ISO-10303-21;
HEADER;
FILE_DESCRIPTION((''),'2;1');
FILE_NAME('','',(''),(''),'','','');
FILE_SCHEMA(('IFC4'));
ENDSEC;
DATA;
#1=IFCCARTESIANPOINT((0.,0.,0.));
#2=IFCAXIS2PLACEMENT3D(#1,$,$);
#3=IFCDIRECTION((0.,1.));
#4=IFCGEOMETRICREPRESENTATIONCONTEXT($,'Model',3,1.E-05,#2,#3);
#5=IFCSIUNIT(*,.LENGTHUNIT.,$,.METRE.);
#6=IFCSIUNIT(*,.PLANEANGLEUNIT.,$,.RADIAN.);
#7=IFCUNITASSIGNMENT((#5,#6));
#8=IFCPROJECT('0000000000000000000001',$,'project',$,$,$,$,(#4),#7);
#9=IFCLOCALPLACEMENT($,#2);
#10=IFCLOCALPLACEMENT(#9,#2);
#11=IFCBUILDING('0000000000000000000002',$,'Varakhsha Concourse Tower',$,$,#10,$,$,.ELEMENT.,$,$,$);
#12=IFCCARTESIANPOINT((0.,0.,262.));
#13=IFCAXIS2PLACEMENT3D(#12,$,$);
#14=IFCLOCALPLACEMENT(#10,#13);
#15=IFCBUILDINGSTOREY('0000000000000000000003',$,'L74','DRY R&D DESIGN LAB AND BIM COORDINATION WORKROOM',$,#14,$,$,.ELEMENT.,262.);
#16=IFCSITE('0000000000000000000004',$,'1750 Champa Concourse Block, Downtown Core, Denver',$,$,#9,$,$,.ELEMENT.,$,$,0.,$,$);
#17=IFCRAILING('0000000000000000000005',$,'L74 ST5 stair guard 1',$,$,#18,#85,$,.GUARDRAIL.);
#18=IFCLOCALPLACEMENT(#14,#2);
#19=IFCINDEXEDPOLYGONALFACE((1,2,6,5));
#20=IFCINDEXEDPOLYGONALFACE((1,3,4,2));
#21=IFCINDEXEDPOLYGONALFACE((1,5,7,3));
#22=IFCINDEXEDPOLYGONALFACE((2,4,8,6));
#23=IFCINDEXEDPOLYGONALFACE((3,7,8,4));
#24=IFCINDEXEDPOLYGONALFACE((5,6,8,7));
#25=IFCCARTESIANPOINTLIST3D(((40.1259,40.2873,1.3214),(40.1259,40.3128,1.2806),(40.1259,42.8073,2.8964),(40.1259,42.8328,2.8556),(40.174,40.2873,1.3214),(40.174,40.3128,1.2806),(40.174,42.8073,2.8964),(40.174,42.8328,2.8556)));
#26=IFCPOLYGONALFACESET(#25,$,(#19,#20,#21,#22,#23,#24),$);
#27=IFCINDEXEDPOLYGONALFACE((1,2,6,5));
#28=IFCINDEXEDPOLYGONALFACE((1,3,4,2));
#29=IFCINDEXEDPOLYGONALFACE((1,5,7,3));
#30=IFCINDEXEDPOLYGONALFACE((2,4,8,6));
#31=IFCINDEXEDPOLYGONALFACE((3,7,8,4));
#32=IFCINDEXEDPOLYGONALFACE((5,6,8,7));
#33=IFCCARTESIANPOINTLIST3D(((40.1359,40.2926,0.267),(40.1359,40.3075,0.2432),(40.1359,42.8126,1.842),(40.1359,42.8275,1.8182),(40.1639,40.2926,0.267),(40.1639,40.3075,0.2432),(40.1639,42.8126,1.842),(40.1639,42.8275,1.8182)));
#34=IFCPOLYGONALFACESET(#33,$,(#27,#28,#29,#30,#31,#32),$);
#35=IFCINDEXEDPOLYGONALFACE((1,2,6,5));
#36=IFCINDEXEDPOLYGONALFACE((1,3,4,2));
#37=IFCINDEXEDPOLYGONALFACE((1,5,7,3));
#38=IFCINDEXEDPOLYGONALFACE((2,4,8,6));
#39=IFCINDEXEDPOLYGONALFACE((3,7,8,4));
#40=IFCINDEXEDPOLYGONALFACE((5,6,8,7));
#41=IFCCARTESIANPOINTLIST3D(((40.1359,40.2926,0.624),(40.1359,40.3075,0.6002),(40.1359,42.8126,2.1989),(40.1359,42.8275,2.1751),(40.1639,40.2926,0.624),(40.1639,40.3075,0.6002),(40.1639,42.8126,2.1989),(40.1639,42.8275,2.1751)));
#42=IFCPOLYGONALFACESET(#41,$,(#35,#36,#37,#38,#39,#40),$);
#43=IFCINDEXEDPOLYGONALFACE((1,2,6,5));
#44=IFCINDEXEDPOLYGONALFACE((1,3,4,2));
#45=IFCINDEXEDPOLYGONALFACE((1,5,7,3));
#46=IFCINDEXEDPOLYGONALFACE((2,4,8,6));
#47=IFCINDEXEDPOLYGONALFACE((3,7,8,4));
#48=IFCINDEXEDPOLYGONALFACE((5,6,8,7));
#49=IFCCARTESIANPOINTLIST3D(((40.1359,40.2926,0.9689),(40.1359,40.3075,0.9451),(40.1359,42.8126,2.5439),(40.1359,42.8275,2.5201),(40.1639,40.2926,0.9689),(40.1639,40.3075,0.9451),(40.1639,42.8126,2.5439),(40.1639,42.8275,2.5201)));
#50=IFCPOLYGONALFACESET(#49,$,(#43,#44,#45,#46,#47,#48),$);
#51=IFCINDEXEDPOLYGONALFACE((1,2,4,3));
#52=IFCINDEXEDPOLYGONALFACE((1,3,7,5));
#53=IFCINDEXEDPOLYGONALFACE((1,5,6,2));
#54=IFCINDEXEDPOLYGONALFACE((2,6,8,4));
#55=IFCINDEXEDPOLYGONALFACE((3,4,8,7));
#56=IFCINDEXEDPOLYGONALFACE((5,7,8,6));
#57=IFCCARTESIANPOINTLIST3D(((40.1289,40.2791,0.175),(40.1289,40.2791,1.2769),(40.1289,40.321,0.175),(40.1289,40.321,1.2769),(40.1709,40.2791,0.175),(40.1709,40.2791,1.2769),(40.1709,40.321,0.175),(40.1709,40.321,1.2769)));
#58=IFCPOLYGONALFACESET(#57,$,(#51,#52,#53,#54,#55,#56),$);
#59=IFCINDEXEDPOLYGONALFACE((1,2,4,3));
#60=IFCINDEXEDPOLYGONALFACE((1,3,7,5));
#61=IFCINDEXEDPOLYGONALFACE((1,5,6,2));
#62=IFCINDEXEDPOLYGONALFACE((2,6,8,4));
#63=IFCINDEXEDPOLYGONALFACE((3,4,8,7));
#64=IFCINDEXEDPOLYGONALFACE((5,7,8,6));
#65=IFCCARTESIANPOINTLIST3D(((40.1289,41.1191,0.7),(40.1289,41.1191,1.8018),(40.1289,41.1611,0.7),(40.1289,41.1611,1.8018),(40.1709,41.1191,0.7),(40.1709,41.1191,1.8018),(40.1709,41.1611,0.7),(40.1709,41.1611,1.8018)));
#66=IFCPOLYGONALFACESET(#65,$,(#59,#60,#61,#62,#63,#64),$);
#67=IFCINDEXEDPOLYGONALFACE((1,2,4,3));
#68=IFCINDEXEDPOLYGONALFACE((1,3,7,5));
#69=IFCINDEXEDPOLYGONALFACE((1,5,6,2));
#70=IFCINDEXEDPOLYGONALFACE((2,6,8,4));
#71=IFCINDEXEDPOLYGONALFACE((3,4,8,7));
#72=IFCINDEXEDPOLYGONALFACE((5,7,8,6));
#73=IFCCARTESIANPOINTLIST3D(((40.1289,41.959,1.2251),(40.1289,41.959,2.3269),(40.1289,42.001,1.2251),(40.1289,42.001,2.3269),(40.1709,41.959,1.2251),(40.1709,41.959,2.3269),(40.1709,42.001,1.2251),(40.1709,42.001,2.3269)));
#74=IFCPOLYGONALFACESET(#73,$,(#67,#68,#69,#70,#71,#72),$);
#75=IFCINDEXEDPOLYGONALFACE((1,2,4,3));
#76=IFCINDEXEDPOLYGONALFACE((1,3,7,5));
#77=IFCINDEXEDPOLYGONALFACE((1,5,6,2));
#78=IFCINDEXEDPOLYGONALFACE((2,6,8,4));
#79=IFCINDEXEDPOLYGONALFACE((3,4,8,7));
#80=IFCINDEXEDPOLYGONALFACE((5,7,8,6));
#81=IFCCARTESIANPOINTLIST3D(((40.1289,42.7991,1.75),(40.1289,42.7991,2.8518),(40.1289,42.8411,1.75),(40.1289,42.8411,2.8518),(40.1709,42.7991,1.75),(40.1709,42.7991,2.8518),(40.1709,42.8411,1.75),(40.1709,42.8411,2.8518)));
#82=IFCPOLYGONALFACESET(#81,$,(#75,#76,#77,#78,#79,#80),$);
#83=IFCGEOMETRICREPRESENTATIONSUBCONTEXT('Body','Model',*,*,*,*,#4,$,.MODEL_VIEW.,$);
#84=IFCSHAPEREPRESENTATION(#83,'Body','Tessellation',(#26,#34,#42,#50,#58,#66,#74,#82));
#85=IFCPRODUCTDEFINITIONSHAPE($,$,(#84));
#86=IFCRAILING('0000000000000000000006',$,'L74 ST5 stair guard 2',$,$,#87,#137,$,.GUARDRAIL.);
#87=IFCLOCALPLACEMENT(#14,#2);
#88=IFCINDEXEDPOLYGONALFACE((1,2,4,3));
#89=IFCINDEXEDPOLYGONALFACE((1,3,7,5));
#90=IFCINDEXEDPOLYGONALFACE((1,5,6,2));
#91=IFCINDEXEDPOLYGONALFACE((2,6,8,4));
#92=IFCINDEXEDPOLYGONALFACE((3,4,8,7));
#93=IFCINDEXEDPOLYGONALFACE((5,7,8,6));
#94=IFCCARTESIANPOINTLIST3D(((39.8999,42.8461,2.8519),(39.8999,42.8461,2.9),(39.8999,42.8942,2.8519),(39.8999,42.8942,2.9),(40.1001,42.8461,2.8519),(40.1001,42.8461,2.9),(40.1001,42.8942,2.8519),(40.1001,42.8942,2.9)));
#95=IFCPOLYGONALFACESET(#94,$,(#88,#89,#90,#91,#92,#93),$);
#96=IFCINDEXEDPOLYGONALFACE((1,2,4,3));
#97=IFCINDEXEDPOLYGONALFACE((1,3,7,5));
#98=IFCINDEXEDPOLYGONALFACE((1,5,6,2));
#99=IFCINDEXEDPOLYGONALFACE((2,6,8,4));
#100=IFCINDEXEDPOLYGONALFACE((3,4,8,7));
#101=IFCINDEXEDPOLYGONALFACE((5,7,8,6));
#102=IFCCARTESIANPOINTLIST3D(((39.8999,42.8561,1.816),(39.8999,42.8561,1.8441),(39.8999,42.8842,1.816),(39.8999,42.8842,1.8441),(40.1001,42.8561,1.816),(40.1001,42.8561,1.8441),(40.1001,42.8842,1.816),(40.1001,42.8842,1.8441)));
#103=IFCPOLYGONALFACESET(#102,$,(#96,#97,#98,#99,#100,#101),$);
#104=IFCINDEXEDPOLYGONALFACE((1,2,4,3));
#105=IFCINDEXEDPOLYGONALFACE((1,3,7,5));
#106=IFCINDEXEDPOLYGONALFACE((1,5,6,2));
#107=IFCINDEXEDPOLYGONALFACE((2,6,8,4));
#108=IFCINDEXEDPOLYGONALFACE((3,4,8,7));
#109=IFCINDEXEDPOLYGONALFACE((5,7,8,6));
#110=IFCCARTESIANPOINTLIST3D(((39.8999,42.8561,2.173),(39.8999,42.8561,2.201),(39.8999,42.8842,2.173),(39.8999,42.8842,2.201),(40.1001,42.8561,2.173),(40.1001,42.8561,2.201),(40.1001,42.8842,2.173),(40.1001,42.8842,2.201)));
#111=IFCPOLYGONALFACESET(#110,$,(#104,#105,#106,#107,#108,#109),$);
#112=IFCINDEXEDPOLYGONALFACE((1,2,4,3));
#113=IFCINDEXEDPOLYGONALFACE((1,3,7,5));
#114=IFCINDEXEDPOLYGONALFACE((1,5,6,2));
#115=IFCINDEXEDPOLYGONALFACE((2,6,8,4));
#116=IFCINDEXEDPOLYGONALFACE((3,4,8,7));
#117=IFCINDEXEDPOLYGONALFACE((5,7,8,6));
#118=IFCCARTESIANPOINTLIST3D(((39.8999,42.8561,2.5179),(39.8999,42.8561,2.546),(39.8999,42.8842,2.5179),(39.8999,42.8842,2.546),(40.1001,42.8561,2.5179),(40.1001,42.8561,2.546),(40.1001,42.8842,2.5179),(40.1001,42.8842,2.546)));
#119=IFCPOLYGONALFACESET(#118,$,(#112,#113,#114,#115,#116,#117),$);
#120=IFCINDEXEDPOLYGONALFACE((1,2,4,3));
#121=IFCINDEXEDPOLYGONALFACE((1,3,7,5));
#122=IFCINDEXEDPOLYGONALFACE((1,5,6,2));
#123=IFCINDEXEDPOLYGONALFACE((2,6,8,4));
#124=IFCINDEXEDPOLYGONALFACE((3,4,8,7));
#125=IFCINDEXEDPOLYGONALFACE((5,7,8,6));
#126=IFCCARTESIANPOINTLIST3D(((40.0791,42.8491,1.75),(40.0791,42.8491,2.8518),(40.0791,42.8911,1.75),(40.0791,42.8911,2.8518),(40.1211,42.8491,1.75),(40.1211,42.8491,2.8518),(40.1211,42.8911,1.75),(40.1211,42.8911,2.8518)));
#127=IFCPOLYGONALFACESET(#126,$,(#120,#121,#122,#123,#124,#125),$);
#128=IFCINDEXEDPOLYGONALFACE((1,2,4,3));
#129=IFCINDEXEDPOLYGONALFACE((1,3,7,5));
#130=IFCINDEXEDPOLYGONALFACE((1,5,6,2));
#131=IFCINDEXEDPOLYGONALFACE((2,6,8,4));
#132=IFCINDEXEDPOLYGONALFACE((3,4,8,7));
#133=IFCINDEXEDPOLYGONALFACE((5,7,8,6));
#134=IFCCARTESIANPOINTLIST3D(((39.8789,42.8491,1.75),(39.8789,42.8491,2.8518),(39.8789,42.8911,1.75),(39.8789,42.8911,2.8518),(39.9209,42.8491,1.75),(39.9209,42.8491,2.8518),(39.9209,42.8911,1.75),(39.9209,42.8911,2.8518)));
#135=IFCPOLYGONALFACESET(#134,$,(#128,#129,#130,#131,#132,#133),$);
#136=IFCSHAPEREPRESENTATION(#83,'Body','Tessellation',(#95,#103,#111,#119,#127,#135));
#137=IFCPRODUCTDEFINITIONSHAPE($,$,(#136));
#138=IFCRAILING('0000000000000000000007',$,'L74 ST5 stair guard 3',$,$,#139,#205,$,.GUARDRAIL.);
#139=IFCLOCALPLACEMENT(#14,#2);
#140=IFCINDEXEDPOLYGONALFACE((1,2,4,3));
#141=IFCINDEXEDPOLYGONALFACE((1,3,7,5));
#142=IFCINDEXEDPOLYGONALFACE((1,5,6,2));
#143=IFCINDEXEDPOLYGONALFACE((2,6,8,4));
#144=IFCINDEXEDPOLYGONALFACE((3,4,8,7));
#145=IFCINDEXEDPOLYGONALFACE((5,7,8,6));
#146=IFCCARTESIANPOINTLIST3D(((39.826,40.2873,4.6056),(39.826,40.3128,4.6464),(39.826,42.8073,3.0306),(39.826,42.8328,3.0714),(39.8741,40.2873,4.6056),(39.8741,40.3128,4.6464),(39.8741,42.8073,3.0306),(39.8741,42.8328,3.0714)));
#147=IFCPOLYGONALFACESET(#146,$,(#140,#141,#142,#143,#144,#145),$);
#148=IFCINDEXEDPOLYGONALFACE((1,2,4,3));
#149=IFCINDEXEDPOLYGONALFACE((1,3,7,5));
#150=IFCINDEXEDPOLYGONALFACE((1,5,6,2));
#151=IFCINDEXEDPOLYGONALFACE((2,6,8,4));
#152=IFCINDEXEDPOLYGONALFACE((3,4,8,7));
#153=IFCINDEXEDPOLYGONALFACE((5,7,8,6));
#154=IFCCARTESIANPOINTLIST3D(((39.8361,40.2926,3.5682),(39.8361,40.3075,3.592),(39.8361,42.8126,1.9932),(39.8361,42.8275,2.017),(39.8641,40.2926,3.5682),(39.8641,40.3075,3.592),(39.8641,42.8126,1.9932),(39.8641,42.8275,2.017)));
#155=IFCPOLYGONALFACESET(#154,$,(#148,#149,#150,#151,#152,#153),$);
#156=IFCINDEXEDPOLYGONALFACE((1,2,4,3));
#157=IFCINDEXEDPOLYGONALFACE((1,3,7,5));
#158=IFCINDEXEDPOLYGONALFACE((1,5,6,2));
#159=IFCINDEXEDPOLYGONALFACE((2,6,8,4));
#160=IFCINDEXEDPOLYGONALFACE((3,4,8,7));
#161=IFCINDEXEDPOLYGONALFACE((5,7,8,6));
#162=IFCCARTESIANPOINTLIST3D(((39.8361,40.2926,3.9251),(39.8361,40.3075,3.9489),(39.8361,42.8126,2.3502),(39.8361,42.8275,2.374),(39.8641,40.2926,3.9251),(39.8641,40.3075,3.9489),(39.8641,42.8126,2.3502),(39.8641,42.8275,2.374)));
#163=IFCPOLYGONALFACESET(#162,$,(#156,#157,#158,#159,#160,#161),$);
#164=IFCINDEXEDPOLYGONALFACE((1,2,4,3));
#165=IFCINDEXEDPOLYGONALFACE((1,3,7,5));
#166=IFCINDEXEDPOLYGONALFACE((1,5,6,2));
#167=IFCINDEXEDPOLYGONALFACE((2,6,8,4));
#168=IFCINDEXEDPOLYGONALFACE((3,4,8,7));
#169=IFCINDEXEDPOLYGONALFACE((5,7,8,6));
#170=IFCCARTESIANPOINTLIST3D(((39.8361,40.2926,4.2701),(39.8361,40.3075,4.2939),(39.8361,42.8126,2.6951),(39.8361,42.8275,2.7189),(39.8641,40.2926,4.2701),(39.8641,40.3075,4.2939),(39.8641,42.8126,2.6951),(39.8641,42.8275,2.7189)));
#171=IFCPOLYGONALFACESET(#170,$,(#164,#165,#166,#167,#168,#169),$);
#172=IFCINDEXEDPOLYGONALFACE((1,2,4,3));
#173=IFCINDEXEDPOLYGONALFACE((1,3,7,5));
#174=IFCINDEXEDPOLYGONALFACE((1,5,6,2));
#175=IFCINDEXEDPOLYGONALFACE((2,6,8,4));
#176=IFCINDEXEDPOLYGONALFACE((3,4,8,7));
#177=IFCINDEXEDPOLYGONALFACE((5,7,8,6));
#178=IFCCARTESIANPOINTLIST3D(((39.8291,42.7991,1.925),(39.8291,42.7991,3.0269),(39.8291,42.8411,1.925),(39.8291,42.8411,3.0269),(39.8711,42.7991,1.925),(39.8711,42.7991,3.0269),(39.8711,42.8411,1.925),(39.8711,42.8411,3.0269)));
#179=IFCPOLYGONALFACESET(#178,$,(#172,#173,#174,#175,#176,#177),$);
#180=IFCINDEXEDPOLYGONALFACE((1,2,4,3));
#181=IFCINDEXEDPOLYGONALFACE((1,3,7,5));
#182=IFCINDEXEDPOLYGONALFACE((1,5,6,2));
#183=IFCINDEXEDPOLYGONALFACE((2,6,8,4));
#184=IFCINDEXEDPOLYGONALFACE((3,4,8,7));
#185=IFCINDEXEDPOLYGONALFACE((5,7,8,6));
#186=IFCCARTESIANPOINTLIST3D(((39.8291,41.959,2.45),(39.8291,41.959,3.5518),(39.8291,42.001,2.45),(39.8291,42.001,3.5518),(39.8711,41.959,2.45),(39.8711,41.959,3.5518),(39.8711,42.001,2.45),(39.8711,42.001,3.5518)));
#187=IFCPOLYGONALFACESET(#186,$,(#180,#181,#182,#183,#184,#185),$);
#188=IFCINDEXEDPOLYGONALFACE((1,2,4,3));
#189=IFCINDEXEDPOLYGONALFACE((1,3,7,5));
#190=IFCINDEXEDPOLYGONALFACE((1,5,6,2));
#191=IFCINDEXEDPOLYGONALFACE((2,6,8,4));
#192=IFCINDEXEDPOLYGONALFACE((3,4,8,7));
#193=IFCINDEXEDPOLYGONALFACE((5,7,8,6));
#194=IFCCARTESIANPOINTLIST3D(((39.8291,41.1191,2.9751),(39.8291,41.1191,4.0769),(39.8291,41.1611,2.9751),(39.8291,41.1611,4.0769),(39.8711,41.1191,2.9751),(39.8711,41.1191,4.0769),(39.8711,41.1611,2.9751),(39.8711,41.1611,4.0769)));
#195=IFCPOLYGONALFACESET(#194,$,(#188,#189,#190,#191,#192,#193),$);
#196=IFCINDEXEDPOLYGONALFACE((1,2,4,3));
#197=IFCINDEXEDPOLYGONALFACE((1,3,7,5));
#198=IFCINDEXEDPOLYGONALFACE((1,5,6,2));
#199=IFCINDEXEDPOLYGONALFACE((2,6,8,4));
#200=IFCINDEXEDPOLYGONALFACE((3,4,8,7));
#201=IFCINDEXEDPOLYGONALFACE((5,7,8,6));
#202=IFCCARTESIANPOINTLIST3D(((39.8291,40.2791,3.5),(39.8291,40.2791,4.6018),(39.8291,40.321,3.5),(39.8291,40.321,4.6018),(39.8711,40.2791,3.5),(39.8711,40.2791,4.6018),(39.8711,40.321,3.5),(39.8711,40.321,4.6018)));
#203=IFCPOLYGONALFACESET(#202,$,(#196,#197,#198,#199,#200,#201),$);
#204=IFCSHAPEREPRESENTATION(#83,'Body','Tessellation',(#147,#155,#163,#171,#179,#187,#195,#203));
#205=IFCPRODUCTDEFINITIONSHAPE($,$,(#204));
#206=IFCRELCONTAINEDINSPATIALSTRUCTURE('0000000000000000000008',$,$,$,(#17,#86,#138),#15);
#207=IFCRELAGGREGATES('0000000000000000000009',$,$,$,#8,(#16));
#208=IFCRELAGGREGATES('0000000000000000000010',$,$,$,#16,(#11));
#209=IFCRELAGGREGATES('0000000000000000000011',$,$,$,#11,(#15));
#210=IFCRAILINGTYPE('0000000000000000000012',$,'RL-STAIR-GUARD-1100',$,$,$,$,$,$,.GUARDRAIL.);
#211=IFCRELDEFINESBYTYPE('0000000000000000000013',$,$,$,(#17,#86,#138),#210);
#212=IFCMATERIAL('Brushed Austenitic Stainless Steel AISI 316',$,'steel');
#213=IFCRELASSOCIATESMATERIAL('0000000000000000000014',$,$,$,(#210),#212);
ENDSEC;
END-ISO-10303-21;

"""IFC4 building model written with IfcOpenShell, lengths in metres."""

from ifc_helpers import new_model, si_unit, direction, frame, origin, origin_2d, place, context, subcontext, project, spatial, rectangle, extrude, material, type_object, element, save


model = new_model("IFC4")

# Units and contexts
model_context = context("Model", 3, precision=1e-05, world=origin(), true_north=direction((0.0, 1.0)))
body_context = subcontext(model_context, "Body", "Model", "MODEL_VIEW")
ifc_project = project(units=[si_unit("LENGTHUNIT", "METRE"), si_unit("PLANEANGLEUNIT", "RADIAN")], contexts=[model_context])

# Site, building, storey
site_placement = place(None, origin())
site = spatial("IfcSite", under=ifc_project, at=site_placement, Name="1750 Champa Concourse Block, Downtown Core, Denver", CompositionType="ELEMENT", RefElevation=0.0)
building_placement = place(site_placement, origin())
building = spatial("IfcBuilding", under=site, at=building_placement, Name="Varakhsha Concourse Tower", CompositionType="ELEMENT")
storey_placement = place(building_placement, frame((0.0, 0.0, 262.0)))
storey = spatial("IfcBuildingStorey", under=building, at=storey_placement, Name="L74", Description="DRY R&D DESIGN LAB AND BIM COORDINATION WORKROOM", CompositionType="ELEMENT", Elevation=262.0)

# Railings
ifc_material_1 = material(Name="Brushed Austenitic Stainless Steel AISI 316", Category="steel")
railing_type_1 = type_object("IfcRailingType", Name="RL-STAIR-GUARD-1100", PredefinedType="GUARDRAIL", material=ifc_material_1)
railing_1_placement = place(storey_placement, frame((40.1499, 40.3, 0.175)))
element("IfcRailing", 1, at=railing_1_placement, inside=storey, type_object=railing_type_1, Name="L74 ST5 stair guard 1", PredefinedType="GUARDRAIL", context=body_context, shape_type="SweptSolid", body=[
    extrude(rectangle(XDim=0.0481, YDim=0.0481, at=origin_2d()), frame((0.0, 0.0, 1.126), z_axis=(0.0, 0.848008, 0.529984), x_axis=(-1.0, 0.0, 0.0)), (0.0, 0.0, 1.0), 2.9717),
    extrude(rectangle(XDim=0.0281, YDim=0.0281, at=origin_2d()), frame((0.0, 0.0, 0.0801), z_axis=(0.0, 0.848008, 0.529984), x_axis=(-1.0, 0.0, 0.0)), (0.0, 0.0, 1.0), 2.9717),
    extrude(rectangle(XDim=0.0281, YDim=0.0281, at=origin_2d()), frame((0.0, 0.0, 0.437), z_axis=(0.0, 0.848008, 0.529984), x_axis=(-1.0, 0.0, 0.0)), (0.0, 0.0, 1.0), 2.9717),
    extrude(rectangle(XDim=0.0281, YDim=0.0281, at=origin_2d()), frame((0.0, 0.0, 0.782), z_axis=(0.0, 0.848008, 0.529984), x_axis=(-1.0, 0.0, 0.0)), (0.0, 0.0, 1.0), 2.9717),
    extrude(rectangle(XDim=0.042, YDim=0.042, at=origin_2d()), origin(), (0.0, 0.0, 1.0), 1.1018),
    extrude(rectangle(XDim=0.042, YDim=0.042, at=origin_2d()), frame((0.0, 0.8401, 0.5249)), (0.0, 0.0, 1.0), 1.1018),
    extrude(rectangle(XDim=0.042, YDim=0.042, at=origin_2d()), frame((0.0, 1.6799, 1.05)), (0.0, 0.0, 1.0), 1.1018),
    extrude(rectangle(XDim=0.042, YDim=0.042, at=origin_2d()), frame((0.0, 2.52, 1.575)), (0.0, 0.0, 1.0), 1.1018),
])
railing_2_placement = place(storey_placement, frame((40.1001, 42.8701, 1.75)))
element("IfcRailing", 2, at=railing_2_placement, inside=storey, type_object=railing_type_1, Name="L74 ST5 stair guard 2", PredefinedType="GUARDRAIL", context=body_context, shape_type="SweptSolid", body=[
    extrude(rectangle(XDim=0.0481, YDim=0.0481, at=origin_2d()), frame((0.0, 0.0, 1.126), z_axis=(-1.0, 0.0, 0.0), x_axis=(0.0, -1.0, 0.0)), (0.0, 0.0, 1.0), 0.2002),
    extrude(rectangle(XDim=0.0281, YDim=0.0281, at=origin_2d()), frame((0.0, 0.0, 0.0801), z_axis=(-1.0, 0.0, 0.0), x_axis=(0.0, -1.0, 0.0)), (0.0, 0.0, 1.0), 0.2002),
    extrude(rectangle(XDim=0.0281, YDim=0.0281, at=origin_2d()), frame((0.0, 0.0, 0.437), z_axis=(-1.0, 0.0, 0.0), x_axis=(0.0, -1.0, 0.0)), (0.0, 0.0, 1.0), 0.2002),
    extrude(rectangle(XDim=0.0281, YDim=0.0281, at=origin_2d()), frame((0.0, 0.0, 0.782), z_axis=(-1.0, 0.0, 0.0), x_axis=(0.0, -1.0, 0.0)), (0.0, 0.0, 1.0), 0.2002),
    extrude(rectangle(XDim=0.042, YDim=0.042, at=origin_2d()), origin(), (0.0, 0.0, 1.0), 1.1018),
    extrude(rectangle(XDim=0.042, YDim=0.042, at=origin_2d()), frame((-0.2002, 0.0, 0.0)), (0.0, 0.0, 1.0), 1.1018),
])
railing_3_placement = place(storey_placement, frame((39.8501, 42.8201, 1.925)))
element("IfcRailing", 3, at=railing_3_placement, inside=storey, type_object=railing_type_1, Name="L74 ST5 stair guard 3", PredefinedType="GUARDRAIL", context=body_context, shape_type="SweptSolid", body=[
    extrude(rectangle(XDim=0.0481, YDim=0.0481, at=origin_2d()), frame((0.0, 0.0, 1.126), z_axis=(0.0, -0.848008, 0.529984), x_axis=(1.0, 0.0, 0.0)), (0.0, 0.0, 1.0), 2.9717),
    extrude(rectangle(XDim=0.0281, YDim=0.0281, at=origin_2d()), frame((0.0, 0.0, 0.0801), z_axis=(0.0, -0.848008, 0.529984), x_axis=(1.0, 0.0, 0.0)), (0.0, 0.0, 1.0), 2.9717),
    extrude(rectangle(XDim=0.0281, YDim=0.0281, at=origin_2d()), frame((0.0, 0.0, 0.437), z_axis=(0.0, -0.848008, 0.529984), x_axis=(1.0, 0.0, 0.0)), (0.0, 0.0, 1.0), 2.9717),
    extrude(rectangle(XDim=0.0281, YDim=0.0281, at=origin_2d()), frame((0.0, 0.0, 0.782), z_axis=(0.0, -0.848008, 0.529984), x_axis=(1.0, 0.0, 0.0)), (0.0, 0.0, 1.0), 2.9717),
    extrude(rectangle(XDim=0.042, YDim=0.042, at=origin_2d()), origin(), (0.0, 0.0, 1.0), 1.1018),
    extrude(rectangle(XDim=0.042, YDim=0.042, at=origin_2d()), frame((0.0, -0.8401, 0.5249)), (0.0, 0.0, 1.0), 1.1018),
    extrude(rectangle(XDim=0.042, YDim=0.042, at=origin_2d()), frame((0.0, -1.6799, 1.05)), (0.0, 0.0, 1.0), 1.1018),
    extrude(rectangle(XDim=0.042, YDim=0.042, at=origin_2d()), frame((0.0, -2.52, 1.575)), (0.0, 0.0, 1.0), 1.1018),
])

save(model, "model.ifc")
